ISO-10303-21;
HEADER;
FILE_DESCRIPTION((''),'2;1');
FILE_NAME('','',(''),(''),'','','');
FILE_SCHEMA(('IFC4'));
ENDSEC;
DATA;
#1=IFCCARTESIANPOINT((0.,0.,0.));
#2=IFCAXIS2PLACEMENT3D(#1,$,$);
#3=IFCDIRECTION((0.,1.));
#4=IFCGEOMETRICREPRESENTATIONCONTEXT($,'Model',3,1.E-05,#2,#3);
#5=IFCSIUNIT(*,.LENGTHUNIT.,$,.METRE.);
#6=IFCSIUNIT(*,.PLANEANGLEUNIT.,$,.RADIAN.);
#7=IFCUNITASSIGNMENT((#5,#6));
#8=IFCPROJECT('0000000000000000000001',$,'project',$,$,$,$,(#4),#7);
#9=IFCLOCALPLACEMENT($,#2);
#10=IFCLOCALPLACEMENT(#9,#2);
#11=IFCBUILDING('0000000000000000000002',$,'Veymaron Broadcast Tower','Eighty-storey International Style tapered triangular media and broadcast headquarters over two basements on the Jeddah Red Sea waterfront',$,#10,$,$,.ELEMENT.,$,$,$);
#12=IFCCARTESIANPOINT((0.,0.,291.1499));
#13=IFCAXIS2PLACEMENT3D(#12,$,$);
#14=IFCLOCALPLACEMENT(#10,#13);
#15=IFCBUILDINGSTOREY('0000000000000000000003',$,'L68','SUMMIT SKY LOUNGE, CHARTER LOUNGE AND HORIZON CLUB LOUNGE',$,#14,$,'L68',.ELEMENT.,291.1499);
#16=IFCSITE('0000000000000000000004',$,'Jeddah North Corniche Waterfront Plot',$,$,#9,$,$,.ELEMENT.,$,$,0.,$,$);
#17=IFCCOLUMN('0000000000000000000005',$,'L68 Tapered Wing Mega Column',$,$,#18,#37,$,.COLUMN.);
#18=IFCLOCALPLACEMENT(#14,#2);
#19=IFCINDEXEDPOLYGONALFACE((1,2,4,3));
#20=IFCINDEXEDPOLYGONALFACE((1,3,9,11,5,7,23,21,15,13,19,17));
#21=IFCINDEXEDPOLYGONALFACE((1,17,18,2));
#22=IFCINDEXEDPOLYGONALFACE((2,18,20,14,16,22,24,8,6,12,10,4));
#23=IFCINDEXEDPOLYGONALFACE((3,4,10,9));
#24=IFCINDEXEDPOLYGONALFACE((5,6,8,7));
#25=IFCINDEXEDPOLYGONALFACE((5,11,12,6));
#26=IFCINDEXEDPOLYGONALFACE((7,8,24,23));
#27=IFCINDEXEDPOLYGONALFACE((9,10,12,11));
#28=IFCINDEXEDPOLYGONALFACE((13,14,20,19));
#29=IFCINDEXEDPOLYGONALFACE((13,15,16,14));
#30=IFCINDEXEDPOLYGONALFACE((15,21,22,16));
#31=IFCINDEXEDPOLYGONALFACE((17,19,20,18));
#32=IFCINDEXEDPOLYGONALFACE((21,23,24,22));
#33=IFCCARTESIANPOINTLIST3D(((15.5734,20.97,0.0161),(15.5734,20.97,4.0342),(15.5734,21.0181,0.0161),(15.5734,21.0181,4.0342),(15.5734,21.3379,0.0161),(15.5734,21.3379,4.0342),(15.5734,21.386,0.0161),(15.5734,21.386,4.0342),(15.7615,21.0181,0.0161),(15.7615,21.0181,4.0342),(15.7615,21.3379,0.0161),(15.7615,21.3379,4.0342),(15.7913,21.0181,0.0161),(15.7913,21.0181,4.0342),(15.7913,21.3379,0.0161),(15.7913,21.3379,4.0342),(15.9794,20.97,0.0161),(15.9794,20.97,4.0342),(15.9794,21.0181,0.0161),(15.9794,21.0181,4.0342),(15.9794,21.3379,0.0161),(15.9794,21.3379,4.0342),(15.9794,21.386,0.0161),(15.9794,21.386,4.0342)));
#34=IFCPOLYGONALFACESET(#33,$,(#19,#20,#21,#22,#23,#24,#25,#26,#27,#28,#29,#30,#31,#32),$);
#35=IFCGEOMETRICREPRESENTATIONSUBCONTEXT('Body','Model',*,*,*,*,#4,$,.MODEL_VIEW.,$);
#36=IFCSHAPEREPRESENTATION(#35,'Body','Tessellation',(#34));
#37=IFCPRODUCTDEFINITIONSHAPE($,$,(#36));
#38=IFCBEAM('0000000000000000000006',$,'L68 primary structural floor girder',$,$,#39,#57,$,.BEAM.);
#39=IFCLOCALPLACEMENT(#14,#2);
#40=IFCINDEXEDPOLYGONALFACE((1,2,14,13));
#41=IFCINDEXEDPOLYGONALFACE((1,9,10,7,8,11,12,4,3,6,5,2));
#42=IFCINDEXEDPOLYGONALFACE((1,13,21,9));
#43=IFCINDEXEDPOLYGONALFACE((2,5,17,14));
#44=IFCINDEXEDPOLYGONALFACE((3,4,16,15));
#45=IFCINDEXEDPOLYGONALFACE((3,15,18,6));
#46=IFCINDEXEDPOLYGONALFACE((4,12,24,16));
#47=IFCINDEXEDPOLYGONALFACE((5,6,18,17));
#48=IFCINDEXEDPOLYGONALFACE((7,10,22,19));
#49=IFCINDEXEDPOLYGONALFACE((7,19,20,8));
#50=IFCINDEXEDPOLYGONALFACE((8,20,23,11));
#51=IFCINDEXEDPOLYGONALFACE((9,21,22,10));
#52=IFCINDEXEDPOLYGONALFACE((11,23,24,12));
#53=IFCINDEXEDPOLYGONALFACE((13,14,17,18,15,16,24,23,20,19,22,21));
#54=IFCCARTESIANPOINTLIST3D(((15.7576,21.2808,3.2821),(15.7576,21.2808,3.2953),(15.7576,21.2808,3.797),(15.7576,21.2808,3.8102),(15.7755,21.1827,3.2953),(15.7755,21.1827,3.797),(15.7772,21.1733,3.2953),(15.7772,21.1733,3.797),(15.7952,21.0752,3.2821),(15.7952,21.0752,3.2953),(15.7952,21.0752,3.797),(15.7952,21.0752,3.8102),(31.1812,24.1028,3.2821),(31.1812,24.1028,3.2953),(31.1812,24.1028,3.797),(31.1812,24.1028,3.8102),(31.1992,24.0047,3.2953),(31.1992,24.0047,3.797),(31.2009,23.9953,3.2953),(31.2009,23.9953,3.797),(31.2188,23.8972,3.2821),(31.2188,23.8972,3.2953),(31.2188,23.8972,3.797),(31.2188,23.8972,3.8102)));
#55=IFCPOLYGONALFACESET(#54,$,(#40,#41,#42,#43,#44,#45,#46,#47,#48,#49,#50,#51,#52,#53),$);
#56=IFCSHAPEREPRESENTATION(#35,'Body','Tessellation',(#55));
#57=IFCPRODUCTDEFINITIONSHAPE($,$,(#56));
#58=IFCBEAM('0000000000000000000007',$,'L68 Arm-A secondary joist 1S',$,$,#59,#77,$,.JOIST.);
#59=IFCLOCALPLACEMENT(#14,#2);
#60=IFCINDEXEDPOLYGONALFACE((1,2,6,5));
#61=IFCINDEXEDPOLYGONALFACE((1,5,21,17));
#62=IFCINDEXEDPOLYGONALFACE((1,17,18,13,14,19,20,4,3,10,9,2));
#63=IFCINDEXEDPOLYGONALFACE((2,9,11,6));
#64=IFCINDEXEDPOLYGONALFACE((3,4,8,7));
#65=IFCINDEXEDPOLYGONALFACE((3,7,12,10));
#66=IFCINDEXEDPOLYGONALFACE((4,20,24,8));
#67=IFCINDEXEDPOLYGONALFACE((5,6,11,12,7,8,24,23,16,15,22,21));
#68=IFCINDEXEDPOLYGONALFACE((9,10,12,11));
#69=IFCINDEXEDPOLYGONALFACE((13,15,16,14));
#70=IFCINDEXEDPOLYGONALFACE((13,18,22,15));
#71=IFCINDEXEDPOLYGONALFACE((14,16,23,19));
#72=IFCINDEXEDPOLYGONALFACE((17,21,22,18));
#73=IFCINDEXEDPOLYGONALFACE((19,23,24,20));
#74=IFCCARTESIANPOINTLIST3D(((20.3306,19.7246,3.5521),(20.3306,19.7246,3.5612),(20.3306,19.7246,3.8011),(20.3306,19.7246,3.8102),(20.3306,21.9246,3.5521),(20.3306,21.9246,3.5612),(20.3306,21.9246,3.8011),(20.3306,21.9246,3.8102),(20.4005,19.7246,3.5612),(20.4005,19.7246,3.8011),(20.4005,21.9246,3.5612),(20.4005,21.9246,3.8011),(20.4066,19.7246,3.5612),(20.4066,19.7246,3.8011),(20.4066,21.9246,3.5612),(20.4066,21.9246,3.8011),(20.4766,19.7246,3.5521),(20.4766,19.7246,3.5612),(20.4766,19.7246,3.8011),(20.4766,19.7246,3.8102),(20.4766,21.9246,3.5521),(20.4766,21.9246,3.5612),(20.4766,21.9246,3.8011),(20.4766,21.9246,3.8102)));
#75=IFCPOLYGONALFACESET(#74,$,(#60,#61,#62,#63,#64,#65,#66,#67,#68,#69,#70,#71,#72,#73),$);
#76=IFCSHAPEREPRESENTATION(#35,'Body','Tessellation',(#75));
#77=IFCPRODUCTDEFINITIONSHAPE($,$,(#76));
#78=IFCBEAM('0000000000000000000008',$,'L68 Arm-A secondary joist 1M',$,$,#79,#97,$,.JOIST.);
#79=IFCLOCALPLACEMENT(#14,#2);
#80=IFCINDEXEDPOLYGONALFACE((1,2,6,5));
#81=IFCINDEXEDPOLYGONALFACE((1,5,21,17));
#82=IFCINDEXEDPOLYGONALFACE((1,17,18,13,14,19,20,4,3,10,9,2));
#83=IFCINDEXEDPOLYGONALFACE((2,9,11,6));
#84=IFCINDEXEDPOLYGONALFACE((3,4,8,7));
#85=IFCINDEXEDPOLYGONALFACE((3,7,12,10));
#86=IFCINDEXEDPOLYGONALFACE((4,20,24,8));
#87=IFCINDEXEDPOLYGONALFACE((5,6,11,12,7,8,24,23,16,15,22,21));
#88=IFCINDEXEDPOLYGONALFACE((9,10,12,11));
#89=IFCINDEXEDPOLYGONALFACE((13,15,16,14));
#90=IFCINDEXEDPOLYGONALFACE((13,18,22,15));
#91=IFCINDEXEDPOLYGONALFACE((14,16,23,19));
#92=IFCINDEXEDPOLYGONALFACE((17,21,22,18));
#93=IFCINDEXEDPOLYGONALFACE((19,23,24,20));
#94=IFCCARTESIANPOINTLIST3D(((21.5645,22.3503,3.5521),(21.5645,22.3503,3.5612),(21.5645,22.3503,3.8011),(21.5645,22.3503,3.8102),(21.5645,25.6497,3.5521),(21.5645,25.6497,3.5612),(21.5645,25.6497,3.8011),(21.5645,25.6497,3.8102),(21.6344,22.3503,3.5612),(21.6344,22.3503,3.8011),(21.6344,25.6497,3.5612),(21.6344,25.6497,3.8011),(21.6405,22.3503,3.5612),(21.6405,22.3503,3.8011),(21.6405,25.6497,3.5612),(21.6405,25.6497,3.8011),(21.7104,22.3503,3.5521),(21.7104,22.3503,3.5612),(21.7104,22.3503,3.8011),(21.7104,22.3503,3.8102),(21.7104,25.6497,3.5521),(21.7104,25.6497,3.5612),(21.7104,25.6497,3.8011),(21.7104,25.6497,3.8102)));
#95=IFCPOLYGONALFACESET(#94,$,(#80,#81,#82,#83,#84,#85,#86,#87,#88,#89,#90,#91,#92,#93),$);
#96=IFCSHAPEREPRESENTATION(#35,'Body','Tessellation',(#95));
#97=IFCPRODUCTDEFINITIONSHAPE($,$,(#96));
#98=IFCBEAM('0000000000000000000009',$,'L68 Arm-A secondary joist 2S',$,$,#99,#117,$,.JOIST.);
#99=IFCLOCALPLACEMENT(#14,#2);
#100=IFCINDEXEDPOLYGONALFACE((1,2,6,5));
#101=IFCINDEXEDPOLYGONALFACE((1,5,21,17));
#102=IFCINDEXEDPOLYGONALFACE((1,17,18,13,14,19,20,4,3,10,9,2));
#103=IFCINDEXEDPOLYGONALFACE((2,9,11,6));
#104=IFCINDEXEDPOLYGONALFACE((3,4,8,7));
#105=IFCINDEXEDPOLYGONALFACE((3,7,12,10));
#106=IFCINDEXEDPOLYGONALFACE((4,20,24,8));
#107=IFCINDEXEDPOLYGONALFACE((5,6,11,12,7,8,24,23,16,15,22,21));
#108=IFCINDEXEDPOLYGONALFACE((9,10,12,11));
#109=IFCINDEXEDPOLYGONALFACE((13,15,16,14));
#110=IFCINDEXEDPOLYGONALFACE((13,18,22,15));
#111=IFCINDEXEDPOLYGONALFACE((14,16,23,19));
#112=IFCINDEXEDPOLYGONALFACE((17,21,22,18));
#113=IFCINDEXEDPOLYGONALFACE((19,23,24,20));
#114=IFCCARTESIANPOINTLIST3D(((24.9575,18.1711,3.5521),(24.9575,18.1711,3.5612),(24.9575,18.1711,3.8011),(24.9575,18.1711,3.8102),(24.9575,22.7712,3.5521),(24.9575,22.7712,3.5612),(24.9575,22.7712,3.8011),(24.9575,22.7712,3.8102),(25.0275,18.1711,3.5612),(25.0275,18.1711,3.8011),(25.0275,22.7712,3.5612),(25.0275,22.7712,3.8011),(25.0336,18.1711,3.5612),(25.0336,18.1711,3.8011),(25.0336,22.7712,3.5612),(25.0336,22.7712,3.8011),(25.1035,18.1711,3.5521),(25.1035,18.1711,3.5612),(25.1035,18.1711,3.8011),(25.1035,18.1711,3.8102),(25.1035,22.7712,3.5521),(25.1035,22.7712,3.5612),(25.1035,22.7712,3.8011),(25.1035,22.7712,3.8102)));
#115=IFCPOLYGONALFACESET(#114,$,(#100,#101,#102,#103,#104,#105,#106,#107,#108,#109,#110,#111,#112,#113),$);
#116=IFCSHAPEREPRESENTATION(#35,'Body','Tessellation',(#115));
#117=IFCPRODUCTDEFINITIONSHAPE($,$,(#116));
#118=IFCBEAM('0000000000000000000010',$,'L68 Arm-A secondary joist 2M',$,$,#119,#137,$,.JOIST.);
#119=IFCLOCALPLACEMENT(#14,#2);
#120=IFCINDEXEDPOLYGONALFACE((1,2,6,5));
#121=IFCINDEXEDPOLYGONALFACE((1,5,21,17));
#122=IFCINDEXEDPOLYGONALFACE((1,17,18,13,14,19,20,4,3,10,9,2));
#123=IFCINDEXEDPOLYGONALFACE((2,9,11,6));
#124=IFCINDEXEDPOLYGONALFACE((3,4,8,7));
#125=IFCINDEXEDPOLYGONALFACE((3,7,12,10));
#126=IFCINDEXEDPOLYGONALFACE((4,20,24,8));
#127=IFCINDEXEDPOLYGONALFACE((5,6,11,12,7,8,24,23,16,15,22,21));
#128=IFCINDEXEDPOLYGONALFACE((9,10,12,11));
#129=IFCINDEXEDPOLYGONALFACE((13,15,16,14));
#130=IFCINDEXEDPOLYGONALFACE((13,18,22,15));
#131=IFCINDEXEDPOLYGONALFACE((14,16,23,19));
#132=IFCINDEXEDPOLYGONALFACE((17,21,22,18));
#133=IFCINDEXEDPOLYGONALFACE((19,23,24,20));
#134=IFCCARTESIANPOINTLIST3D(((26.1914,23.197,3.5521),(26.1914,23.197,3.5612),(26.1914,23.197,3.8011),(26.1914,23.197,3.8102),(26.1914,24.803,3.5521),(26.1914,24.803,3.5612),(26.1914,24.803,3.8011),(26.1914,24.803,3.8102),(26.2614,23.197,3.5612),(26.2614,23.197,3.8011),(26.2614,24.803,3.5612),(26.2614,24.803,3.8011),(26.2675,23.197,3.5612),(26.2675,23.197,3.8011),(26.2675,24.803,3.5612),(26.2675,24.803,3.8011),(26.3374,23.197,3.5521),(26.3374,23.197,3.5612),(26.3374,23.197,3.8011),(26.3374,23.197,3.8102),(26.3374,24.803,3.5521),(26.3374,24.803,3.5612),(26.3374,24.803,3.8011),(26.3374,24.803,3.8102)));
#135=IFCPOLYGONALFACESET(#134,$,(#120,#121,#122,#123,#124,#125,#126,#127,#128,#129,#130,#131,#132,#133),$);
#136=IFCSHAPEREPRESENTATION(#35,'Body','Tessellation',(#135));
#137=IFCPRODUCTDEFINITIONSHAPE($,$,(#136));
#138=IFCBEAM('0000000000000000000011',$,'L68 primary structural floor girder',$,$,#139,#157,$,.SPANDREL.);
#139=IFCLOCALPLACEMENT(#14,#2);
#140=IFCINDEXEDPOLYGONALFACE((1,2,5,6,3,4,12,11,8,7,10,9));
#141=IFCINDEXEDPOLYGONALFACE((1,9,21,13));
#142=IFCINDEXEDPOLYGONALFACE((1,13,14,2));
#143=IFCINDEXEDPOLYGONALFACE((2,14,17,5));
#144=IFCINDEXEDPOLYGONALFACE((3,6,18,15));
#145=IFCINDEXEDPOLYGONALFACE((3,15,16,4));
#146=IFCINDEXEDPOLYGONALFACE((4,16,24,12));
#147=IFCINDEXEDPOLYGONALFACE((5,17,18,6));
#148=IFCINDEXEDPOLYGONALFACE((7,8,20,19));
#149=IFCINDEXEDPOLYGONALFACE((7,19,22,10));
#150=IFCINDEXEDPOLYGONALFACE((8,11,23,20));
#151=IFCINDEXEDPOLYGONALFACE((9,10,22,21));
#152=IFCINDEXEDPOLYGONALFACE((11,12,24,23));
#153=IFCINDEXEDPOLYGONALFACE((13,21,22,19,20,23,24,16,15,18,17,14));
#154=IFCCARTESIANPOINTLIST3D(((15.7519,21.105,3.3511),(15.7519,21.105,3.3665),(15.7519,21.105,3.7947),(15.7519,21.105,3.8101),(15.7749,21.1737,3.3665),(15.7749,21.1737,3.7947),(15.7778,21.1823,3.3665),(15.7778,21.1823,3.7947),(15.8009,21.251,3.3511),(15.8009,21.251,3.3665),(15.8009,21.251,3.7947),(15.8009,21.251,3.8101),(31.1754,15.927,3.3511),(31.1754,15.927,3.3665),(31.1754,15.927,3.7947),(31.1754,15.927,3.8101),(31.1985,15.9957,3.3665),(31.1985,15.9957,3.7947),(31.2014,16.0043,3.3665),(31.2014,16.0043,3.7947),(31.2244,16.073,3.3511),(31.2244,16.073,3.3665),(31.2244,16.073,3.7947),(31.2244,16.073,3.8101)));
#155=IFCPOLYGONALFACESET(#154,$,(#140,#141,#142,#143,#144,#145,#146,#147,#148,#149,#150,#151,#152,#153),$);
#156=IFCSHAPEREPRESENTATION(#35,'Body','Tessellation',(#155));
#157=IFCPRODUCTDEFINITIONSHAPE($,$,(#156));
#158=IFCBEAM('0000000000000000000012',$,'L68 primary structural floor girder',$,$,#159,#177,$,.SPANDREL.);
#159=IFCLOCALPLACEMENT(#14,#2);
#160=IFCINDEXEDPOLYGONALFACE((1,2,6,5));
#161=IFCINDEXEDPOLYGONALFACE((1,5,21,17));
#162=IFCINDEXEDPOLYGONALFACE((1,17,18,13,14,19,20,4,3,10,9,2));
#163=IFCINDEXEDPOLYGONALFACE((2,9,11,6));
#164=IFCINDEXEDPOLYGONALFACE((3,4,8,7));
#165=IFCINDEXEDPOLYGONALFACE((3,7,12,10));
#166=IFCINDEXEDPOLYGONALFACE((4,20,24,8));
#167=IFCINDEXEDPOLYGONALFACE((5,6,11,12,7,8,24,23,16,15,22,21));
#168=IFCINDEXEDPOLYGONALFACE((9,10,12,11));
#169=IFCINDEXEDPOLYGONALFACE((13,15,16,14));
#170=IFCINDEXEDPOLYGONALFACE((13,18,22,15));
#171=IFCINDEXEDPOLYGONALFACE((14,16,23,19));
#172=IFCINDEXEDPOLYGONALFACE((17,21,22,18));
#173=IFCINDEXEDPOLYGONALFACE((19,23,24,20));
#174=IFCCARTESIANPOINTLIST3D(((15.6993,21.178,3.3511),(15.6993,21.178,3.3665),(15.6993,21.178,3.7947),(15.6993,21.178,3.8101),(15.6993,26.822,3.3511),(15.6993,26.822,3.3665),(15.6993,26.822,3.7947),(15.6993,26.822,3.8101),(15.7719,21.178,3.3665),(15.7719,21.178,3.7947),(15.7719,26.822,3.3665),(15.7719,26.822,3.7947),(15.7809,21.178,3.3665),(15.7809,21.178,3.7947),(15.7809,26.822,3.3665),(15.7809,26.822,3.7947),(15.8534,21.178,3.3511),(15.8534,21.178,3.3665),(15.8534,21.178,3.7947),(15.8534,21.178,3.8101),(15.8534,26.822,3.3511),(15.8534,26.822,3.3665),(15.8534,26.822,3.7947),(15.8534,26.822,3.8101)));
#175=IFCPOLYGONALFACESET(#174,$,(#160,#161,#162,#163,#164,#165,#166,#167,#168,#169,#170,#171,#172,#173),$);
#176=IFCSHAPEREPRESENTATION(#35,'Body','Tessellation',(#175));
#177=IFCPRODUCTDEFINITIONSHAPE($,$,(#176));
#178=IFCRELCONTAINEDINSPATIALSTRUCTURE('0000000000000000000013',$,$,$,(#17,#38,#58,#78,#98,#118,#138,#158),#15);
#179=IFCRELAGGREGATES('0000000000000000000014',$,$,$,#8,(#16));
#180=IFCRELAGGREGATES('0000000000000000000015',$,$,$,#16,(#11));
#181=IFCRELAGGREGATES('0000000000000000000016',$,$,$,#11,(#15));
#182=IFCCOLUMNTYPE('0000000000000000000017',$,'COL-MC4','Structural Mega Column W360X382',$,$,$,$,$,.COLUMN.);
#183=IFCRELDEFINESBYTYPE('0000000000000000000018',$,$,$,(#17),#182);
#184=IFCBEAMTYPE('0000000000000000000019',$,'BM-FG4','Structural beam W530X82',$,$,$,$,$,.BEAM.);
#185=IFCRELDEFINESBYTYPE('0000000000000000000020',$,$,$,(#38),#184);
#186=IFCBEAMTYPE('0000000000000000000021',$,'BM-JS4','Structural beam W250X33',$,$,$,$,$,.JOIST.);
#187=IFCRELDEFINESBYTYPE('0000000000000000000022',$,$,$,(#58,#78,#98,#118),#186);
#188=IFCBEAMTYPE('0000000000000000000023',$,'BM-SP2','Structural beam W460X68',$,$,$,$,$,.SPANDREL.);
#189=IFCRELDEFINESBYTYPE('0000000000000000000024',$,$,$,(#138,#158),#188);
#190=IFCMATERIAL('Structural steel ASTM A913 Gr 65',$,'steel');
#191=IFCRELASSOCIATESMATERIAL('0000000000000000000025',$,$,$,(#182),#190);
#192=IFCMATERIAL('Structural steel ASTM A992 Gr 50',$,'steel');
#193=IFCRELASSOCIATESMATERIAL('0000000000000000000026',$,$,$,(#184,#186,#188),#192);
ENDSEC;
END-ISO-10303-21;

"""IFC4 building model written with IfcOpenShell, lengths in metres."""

from ifc_helpers import new_model, si_unit, direction, frame, origin, origin_2d, place, context, subcontext, project, spatial, i_section, extrude, material, material_profile, profile_set, type_object, element, save


model = new_model("IFC4")

# Units and contexts
model_context = context("Model", 3, precision=1e-05, world=origin(), true_north=direction((0.0, 1.0)))
body_context = subcontext(model_context, "Body", "Model", "MODEL_VIEW")
ifc_project = project(units=[si_unit("LENGTHUNIT", "METRE"), si_unit("PLANEANGLEUNIT", "RADIAN")], contexts=[model_context])

# Site, building, storey
site_placement = place(None, origin())
site = spatial("IfcSite", under=ifc_project, at=site_placement, Name="Jeddah North Corniche Waterfront Plot", CompositionType="ELEMENT", RefElevation=0.0)
building_placement = place(site_placement, origin())
building = spatial("IfcBuilding", under=site, at=building_placement, Name="Veymaron Broadcast Tower", Description="Eighty-storey International Style tapered triangular media and broadcast headquarters over two basements on the Jeddah Red Sea waterfront", CompositionType="ELEMENT")
storey_placement = place(building_placement, frame((0.0, 0.0, 291.1499)))
storey = spatial("IfcBuildingStorey", under=building, at=storey_placement, Name="L68", Description="SUMMIT SKY LOUNGE, CHARTER LOUNGE AND HORIZON CLUB LOUNGE", LongName="L68", CompositionType="ELEMENT", Elevation=291.1499)

# Column
ifc_material_1 = material(Name="Structural steel ASTM A913 Gr 65", Category="steel")
ifc_material_profile_1 = material_profile(ifc_material_1, i_section(OverallWidth=0.406, OverallDepth=0.416, WebThickness=0.0298, FlangeThickness=0.0481, at=origin_2d()), Name="W360X382")
ifc_profile_set_1 = profile_set([ifc_material_profile_1], Name="Structural steel ASTM A913 Gr 65")
column_type = type_object("IfcColumnType", Name="COL-MC4", Description="Structural Mega Column W360X382", PredefinedType="COLUMN", material=ifc_profile_set_1)
column_placement = place(storey_placement, frame((15.7764, 21.178, 0.0161), z_axis=(0.0, 0.0, 1.0), x_axis=(1.0, 0.0, 0.0)))
element("IfcColumn", 1, at=column_placement, inside=storey, type_object=column_type, Name="L68 Tapered Wing Mega Column", PredefinedType="COLUMN", context=body_context, shape_type="SweptSolid", body=[
    extrude(i_section(OverallWidth=0.406, OverallDepth=0.416, WebThickness=0.0298, FlangeThickness=0.0481, at=origin_2d()), origin(), (0.0, 0.0, 1.0), 4.0181),
])

# Beams
ifc_material_2 = material(Name="Structural steel ASTM A992 Gr 50", Category="steel")
ifc_material_profile_2 = material_profile(ifc_material_2, i_section(OverallWidth=0.209, OverallDepth=0.5281, WebThickness=0.0095, FlangeThickness=0.0132, at=origin_2d()), Name="W530X82")
ifc_profile_set_2 = profile_set([ifc_material_profile_2], Name="Structural steel ASTM A992 Gr 50")
beam_type_1 = type_object("IfcBeamType", Name="BM-FG4", Description="Structural beam W530X82", PredefinedType="BEAM", material=ifc_profile_set_2)
beam_1_placement = place(storey_placement, frame((15.7764, 21.178, 3.5461), z_axis=(0.98367, 0.17998, 0.0), x_axis=(-0.17998, 0.98367, 0.0)))
element("IfcBeam", 2, at=beam_1_placement, inside=storey, type_object=beam_type_1, Name="L68 primary structural floor girder", PredefinedType="BEAM", context=body_context, shape_type="SweptSolid", body=[
    extrude(i_section(OverallWidth=0.209, OverallDepth=0.5281, WebThickness=0.0095, FlangeThickness=0.0132, at=origin_2d()), origin(), (0.0, 0.0, 1.0), 15.6797),
])
ifc_material_profile_3 = material_profile(ifc_material_2, i_section(OverallWidth=0.146, OverallDepth=0.2581, WebThickness=0.0061, FlangeThickness=0.009, at=origin_2d()), Name="W250X33")
ifc_profile_set_3 = profile_set([ifc_material_profile_3], Name="Structural steel ASTM A992 Gr 50")
beam_type_2 = type_object("IfcBeamType", Name="BM-JS4", Description="Structural beam W250X33", PredefinedType="JOIST", material=ifc_profile_set_3)
beam_2_placement = place(storey_placement, frame((20.4036, 19.7246, 3.6812), z_axis=(0.0, 1.0, 0.0), x_axis=(-1.0, 0.0, 0.0)))
element("IfcBeam", 3, at=beam_2_placement, inside=storey, type_object=beam_type_2, Name="L68 Arm-A secondary joist 1S", PredefinedType="JOIST", context=body_context, shape_type="SweptSolid", body=[
    extrude(i_section(OverallWidth=0.146, OverallDepth=0.2581, WebThickness=0.0061, FlangeThickness=0.009, at=origin_2d()), origin(), (0.0, 0.0, 1.0), 2.2),
])
beam_3_placement = place(storey_placement, frame((21.6375, 22.3503, 3.6812), z_axis=(0.0, 1.0, 0.0), x_axis=(-1.0, 0.0, 0.0)))
element("IfcBeam", 4, at=beam_3_placement, inside=storey, type_object=beam_type_2, Name="L68 Arm-A secondary joist 1M", PredefinedType="JOIST", context=body_context, shape_type="SweptSolid", body=[
    extrude(i_section(OverallWidth=0.146, OverallDepth=0.2581, WebThickness=0.0061, FlangeThickness=0.009, at=origin_2d()), origin(), (0.0, 0.0, 1.0), 3.2993),
])
beam_4_placement = place(storey_placement, frame((25.0305, 18.1711, 3.6812), z_axis=(0.0, 1.0, 0.0), x_axis=(-1.0, 0.0, 0.0)))
element("IfcBeam", 5, at=beam_4_placement, inside=storey, type_object=beam_type_2, Name="L68 Arm-A secondary joist 2S", PredefinedType="JOIST", context=body_context, shape_type="SweptSolid", body=[
    extrude(i_section(OverallWidth=0.146, OverallDepth=0.2581, WebThickness=0.0061, FlangeThickness=0.009, at=origin_2d()), origin(), (0.0, 0.0, 1.0), 4.6001),
])
beam_5_placement = place(storey_placement, frame((26.2644, 23.197, 3.6812), z_axis=(0.0, 1.0, 0.0), x_axis=(-1.0, 0.0, 0.0)))
element("IfcBeam", 6, at=beam_5_placement, inside=storey, type_object=beam_type_2, Name="L68 Arm-A secondary joist 2M", PredefinedType="JOIST", context=body_context, shape_type="SweptSolid", body=[
    extrude(i_section(OverallWidth=0.146, OverallDepth=0.2581, WebThickness=0.0061, FlangeThickness=0.009, at=origin_2d()), origin(), (0.0, 0.0, 1.0), 1.606),
])
ifc_material_profile_4 = material_profile(ifc_material_2, i_section(OverallWidth=0.1541, OverallDepth=0.459, WebThickness=0.009, FlangeThickness=0.0154, at=origin_2d()), Name="W460X68")
ifc_profile_set_4 = profile_set([ifc_material_profile_4], Name="Structural steel ASTM A992 Gr 50")
beam_type_3 = type_object("IfcBeamType", Name="BM-SP2", Description="Structural beam W460X68", PredefinedType="SPANDREL", material=ifc_profile_set_4)
beam_6_placement = place(storey_placement, frame((15.7764, 21.178, 3.5806), z_axis=(0.948003, -0.318262, 0.0), x_axis=(0.318262, 0.948003, 0.0)))
element("IfcBeam", 7, at=beam_6_placement, inside=storey, type_object=beam_type_3, Name="L68 primary structural floor girder", PredefinedType="SPANDREL", context=body_context, shape_type="SweptSolid", body=[
    extrude(i_section(OverallWidth=0.1541, OverallDepth=0.459, WebThickness=0.009, FlangeThickness=0.0154, at=origin_2d()), origin(), (0.0, 0.0, 1.0), 16.2695),
])
beam_7_placement = place(storey_placement, frame((15.7764, 21.178, 3.5806), z_axis=(0.0, 1.0, 0.0), x_axis=(-1.0, 0.0, 0.0)))
element("IfcBeam", 8, at=beam_7_placement, inside=storey, type_object=beam_type_3, Name="L68 primary structural floor girder", PredefinedType="SPANDREL", context=body_context, shape_type="SweptSolid", body=[
    extrude(i_section(OverallWidth=0.1541, OverallDepth=0.459, WebThickness=0.009, FlangeThickness=0.0154, at=origin_2d()), origin(), (0.0, 0.0, 1.0), 5.644),
])

save(model, "model.ifc")
